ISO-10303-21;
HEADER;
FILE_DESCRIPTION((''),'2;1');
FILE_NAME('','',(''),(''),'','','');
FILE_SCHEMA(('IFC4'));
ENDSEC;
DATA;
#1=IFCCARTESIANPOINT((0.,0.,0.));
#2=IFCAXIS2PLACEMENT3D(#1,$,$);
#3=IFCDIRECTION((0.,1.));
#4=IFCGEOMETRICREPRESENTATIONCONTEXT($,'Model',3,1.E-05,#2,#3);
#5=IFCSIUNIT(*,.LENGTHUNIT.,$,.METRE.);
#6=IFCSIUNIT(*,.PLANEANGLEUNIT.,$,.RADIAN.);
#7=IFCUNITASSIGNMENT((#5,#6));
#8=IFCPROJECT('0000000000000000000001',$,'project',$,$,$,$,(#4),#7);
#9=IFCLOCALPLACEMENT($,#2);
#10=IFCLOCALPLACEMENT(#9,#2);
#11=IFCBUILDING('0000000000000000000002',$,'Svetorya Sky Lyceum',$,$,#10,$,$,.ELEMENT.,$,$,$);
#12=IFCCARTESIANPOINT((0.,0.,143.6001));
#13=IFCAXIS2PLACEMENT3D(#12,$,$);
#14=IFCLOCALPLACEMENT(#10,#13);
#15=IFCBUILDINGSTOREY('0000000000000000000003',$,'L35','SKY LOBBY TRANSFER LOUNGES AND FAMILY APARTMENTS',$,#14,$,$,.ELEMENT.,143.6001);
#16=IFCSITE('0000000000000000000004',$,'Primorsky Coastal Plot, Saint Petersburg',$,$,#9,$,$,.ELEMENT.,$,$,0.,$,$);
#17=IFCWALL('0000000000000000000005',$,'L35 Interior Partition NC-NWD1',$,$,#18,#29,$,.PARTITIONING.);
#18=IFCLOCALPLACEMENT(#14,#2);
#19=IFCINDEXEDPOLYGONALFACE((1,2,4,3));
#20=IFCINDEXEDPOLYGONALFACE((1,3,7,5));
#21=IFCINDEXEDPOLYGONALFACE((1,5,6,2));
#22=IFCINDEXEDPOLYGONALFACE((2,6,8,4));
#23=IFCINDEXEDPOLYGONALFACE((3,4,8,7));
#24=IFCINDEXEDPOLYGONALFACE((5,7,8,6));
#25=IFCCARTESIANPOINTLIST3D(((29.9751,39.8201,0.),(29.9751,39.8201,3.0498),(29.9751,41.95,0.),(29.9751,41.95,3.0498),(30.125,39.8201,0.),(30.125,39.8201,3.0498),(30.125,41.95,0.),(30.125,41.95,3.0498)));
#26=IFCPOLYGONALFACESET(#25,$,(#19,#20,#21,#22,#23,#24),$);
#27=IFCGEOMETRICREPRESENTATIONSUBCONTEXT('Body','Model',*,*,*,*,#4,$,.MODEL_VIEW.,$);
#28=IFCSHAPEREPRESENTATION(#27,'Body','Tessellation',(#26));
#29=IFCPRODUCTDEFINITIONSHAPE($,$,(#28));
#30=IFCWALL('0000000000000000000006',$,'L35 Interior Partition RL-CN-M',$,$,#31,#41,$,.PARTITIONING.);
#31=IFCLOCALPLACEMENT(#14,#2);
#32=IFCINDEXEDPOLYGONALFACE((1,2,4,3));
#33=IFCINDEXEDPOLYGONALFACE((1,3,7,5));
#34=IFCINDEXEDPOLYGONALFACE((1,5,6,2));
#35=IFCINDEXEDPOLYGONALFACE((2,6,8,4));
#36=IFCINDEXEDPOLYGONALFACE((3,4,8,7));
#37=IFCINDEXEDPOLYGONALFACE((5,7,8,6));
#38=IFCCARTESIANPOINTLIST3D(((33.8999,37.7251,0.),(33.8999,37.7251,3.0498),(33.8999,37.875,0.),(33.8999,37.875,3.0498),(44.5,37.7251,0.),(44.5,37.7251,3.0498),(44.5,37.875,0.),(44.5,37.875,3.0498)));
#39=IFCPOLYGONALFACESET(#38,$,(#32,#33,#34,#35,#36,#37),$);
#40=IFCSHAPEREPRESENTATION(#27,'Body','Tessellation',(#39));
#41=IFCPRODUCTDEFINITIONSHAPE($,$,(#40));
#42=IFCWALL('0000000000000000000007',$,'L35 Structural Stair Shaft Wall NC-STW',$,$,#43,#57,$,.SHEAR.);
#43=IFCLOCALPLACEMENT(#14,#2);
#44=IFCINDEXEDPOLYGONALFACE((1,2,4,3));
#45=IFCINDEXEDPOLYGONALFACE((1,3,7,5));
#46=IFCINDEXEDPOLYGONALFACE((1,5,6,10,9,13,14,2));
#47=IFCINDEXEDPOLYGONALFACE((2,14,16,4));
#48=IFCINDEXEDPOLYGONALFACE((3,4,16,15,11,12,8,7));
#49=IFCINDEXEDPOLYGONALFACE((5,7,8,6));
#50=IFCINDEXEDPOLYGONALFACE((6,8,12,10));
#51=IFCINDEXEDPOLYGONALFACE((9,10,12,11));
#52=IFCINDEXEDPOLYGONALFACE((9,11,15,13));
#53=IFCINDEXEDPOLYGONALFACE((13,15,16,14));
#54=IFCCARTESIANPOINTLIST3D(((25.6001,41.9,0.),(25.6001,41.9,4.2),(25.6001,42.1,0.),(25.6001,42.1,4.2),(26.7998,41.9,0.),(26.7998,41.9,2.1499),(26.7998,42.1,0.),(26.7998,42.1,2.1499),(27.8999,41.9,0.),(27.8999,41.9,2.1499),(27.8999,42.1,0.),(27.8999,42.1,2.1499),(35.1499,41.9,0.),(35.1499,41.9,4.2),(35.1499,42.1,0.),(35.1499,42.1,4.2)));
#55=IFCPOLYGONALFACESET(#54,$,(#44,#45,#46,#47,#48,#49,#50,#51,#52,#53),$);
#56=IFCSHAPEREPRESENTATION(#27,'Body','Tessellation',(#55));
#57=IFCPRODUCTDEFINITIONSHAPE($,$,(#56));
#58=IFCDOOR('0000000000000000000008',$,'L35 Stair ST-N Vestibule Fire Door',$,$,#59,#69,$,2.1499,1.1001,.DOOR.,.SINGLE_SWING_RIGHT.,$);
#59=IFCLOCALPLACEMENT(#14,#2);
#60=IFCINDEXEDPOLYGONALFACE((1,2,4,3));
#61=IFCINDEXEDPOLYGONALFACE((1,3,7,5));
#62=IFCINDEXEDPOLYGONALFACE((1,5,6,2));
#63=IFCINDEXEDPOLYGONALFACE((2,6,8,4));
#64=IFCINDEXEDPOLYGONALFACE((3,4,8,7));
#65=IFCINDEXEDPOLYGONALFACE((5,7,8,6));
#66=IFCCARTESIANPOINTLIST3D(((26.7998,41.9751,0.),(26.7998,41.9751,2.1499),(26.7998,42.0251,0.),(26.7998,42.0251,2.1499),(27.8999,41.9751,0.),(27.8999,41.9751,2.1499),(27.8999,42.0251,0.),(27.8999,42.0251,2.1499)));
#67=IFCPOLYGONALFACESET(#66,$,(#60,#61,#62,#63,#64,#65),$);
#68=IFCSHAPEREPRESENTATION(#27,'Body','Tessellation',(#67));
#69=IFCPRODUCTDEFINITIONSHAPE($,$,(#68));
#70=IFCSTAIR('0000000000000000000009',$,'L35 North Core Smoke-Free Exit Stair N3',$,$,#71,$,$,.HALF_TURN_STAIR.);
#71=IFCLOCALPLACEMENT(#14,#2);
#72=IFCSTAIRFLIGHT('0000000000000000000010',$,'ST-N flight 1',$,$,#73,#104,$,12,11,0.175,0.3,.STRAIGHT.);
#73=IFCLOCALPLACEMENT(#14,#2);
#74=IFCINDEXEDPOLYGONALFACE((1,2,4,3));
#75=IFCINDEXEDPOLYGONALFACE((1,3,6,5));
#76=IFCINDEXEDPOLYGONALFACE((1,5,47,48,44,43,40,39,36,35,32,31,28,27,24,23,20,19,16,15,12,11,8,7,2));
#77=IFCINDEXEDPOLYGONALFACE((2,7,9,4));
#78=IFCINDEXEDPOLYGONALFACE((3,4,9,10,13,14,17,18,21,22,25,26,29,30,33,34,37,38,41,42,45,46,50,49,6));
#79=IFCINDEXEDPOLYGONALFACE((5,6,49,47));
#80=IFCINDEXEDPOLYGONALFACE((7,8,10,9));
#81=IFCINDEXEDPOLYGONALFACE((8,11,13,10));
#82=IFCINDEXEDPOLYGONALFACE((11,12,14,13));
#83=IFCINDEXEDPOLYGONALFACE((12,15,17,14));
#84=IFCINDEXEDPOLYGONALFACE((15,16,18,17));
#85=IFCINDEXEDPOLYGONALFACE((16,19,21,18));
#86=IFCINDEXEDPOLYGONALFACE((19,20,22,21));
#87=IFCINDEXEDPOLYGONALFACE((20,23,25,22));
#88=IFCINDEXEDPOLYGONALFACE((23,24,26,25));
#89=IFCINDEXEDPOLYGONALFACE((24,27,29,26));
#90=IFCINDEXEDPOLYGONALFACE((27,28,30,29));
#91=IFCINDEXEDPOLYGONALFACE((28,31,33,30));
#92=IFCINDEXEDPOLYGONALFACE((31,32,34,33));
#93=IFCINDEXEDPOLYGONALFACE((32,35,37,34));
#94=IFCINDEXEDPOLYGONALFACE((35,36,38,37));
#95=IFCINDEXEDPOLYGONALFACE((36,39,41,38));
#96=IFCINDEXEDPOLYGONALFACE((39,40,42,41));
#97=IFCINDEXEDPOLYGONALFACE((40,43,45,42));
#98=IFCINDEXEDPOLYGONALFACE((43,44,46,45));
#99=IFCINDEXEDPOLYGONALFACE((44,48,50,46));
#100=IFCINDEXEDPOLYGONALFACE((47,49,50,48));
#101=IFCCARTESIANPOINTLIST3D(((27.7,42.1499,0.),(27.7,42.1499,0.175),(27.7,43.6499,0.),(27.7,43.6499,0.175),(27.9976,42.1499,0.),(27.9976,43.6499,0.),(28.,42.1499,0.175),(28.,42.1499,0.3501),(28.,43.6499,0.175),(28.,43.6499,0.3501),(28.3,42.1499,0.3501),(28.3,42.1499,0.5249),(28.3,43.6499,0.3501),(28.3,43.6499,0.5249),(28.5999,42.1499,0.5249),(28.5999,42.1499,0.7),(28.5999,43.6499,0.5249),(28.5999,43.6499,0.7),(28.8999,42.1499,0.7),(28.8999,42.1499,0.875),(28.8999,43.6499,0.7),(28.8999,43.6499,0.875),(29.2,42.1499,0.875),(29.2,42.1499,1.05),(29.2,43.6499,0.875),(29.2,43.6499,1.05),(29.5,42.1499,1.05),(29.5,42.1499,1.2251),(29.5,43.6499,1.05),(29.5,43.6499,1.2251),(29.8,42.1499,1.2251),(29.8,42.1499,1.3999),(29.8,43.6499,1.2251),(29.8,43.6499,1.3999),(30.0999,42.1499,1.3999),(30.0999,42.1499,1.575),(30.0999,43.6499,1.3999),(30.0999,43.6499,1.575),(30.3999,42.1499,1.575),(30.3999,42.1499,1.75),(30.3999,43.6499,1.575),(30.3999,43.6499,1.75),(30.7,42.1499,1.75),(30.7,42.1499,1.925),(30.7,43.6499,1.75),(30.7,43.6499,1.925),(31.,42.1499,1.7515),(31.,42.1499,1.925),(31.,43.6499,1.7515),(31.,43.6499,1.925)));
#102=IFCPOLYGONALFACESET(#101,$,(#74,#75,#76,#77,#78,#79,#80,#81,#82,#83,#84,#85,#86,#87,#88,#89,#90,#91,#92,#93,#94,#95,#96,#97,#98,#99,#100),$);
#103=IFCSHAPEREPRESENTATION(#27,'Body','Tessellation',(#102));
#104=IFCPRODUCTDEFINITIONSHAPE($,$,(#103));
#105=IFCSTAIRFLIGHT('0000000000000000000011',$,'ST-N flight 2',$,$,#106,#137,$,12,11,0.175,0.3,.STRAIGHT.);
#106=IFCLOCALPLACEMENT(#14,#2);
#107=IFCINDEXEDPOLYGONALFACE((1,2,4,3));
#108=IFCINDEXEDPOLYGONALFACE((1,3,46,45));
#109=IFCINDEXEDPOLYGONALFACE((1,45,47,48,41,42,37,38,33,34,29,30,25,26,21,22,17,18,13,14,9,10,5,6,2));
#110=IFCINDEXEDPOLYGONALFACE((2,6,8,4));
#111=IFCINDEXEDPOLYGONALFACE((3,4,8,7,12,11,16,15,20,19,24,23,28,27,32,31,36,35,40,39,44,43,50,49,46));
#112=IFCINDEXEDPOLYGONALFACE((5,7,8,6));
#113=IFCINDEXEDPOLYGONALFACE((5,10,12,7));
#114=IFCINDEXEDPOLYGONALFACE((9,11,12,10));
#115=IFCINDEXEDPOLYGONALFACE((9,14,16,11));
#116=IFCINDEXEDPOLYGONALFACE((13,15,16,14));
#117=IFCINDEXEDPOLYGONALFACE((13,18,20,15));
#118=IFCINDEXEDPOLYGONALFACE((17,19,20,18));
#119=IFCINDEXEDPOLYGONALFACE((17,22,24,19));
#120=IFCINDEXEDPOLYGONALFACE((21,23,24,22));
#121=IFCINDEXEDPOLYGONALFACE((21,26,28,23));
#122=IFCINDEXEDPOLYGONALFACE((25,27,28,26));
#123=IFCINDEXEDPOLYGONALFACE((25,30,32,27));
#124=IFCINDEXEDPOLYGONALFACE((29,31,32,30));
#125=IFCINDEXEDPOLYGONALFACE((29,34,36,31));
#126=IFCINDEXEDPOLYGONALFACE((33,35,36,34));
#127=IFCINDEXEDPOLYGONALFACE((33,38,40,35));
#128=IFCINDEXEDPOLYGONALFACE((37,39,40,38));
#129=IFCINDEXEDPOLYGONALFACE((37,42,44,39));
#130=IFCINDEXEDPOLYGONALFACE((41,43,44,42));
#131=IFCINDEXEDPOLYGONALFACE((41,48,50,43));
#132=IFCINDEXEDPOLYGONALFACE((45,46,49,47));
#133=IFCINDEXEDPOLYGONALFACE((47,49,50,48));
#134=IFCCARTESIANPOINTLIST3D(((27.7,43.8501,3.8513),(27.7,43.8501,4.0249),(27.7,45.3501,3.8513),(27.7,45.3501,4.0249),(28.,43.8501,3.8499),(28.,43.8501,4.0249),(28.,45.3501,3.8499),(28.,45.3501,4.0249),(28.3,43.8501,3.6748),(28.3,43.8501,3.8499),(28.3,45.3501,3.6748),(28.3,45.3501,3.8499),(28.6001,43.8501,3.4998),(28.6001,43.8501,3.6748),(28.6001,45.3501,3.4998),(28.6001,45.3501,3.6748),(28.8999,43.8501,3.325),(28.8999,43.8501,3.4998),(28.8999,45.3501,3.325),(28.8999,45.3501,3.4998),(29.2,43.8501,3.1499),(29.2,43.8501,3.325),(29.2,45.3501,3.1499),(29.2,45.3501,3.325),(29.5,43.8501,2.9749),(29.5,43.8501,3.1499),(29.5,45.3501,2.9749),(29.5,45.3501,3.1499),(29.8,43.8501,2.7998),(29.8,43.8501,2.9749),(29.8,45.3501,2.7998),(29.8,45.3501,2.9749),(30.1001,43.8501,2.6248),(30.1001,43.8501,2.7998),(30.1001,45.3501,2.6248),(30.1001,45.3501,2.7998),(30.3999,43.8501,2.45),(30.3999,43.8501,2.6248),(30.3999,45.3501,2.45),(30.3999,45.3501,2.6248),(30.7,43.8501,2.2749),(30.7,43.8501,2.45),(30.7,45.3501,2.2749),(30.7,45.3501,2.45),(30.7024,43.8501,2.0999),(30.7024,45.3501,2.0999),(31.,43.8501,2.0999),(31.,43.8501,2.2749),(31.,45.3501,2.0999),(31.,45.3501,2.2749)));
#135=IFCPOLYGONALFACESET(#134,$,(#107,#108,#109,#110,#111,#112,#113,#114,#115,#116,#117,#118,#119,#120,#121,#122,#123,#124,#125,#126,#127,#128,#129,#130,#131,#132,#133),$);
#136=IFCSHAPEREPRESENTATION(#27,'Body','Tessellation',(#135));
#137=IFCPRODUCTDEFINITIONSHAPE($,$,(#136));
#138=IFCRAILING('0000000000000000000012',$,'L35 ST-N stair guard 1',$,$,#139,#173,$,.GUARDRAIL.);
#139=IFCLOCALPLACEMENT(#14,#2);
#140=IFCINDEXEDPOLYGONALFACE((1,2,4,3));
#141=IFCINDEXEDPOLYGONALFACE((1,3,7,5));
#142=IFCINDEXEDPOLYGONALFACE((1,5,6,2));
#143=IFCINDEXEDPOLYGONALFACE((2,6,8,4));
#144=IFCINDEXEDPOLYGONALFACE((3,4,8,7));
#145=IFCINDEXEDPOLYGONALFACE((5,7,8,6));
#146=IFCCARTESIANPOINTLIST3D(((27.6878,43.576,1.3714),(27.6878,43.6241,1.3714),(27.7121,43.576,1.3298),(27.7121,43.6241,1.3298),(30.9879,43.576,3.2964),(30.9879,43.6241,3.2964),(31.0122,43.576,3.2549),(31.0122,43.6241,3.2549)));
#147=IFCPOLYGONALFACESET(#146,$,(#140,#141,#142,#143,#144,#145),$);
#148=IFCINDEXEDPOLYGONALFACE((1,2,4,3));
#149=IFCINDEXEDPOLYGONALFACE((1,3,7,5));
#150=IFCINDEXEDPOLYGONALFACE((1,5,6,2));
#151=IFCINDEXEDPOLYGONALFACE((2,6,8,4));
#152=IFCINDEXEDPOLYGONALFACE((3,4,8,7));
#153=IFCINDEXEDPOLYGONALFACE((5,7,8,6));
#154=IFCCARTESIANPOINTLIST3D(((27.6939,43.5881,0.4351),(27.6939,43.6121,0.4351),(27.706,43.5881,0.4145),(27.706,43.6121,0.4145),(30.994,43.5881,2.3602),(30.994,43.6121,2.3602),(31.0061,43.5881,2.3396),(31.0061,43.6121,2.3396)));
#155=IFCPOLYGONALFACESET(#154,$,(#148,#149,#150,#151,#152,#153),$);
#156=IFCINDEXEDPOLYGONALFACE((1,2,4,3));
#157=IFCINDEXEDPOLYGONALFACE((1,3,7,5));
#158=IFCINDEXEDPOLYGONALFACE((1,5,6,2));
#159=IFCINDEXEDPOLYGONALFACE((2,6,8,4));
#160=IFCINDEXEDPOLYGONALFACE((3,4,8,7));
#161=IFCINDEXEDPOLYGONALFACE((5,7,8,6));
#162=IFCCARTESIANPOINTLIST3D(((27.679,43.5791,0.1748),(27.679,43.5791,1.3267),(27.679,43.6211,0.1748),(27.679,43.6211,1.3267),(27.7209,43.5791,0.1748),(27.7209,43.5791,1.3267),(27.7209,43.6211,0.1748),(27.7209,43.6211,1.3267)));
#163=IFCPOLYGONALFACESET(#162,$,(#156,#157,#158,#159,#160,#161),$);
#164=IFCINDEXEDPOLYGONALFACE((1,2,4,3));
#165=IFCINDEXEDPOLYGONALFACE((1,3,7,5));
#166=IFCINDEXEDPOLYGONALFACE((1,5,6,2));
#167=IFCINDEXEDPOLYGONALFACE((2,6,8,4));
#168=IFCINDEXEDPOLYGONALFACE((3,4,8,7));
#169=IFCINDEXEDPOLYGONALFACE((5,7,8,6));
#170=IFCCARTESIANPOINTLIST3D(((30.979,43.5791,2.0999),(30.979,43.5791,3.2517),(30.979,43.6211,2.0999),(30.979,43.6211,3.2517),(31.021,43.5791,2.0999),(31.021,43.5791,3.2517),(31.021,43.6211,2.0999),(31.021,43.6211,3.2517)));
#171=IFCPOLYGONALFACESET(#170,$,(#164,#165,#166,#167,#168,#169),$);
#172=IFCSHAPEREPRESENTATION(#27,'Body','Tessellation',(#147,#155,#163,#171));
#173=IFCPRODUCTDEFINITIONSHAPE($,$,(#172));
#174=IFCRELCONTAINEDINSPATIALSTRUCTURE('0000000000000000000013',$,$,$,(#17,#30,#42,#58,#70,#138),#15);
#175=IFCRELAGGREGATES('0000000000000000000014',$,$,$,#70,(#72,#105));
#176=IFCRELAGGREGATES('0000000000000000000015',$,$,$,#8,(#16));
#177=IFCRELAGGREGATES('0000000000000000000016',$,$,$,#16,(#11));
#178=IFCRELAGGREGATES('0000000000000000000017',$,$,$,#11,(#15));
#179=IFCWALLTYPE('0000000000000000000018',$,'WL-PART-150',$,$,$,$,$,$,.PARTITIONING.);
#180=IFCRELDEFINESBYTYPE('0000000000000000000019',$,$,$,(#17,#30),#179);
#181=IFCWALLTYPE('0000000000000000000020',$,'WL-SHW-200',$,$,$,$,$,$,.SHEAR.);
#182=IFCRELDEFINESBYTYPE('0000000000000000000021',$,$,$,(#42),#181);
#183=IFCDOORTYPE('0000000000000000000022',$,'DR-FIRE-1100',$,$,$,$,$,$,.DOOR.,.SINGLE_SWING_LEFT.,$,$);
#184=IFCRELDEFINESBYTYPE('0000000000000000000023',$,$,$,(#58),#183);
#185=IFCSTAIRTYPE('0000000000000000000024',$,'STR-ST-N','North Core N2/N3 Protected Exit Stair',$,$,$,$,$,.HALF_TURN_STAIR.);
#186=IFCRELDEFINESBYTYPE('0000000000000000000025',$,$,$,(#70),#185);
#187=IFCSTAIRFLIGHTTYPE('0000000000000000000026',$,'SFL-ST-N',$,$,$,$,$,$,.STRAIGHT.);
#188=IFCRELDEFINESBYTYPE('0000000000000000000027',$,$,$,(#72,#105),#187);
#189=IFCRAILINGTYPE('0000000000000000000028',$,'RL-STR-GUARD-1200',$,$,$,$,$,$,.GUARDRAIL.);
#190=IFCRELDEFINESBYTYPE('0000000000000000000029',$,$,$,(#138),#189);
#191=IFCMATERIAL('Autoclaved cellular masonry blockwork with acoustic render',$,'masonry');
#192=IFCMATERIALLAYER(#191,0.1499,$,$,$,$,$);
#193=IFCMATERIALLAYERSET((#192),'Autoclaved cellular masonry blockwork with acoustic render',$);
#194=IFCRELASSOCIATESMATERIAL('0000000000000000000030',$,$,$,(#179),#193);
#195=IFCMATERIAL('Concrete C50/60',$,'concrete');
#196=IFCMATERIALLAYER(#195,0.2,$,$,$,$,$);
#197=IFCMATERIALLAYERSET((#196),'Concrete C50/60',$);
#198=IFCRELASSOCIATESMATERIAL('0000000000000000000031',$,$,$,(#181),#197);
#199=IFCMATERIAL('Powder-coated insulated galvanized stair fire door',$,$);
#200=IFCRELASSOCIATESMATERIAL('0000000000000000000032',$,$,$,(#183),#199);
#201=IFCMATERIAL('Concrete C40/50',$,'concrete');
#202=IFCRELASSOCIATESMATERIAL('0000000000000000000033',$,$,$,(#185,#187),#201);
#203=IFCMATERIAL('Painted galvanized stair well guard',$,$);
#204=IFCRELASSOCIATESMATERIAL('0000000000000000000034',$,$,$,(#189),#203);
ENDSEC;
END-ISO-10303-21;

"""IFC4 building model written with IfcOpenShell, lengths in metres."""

from ifc_helpers import new_model, si_unit, direction, frame, frame_2d, origin, origin_2d, place, context, subcontext, project, spatial, polyline, rectangle, outline, extrude, material, layer, layer_set, type_object, element, fill, aggregate, save


model = new_model("IFC4")

# Units and contexts
model_context = context("Model", 3, precision=1e-05, world=origin(), true_north=direction((0.0, 1.0)))
body_context = subcontext(model_context, "Body", "Model", "MODEL_VIEW")
ifc_project = project(units=[si_unit("LENGTHUNIT", "METRE"), si_unit("PLANEANGLEUNIT", "RADIAN")], contexts=[model_context])

# Site, building, storey
site_placement = place(None, origin())
site = spatial("IfcSite", under=ifc_project, at=site_placement, Name="Primorsky Coastal Plot, Saint Petersburg", CompositionType="ELEMENT", RefElevation=0.0)
building_placement = place(site_placement, origin())
building = spatial("IfcBuilding", under=site, at=building_placement, Name="Svetorya Sky Lyceum", CompositionType="ELEMENT")
storey_placement = place(building_placement, frame((0.0, 0.0, 143.6001)))
storey = spatial("IfcBuildingStorey", under=building, at=storey_placement, Name="L35", Description="SKY LOBBY TRANSFER LOUNGES AND FAMILY APARTMENTS", CompositionType="ELEMENT", Elevation=143.6001)

# Shared definitions
ifc_material_1 = material(Name="Concrete C50/60", Category="concrete")

# Shared definitions
ifc_material_2 = material(Name="Concrete C40/50", Category="concrete")

# Shared definitions
ifc_material_3 = material(Name="Autoclaved cellular masonry blockwork with acoustic render", Category="masonry")
ifc_layer_1 = layer(ifc_material_3, 0.1499)
ifc_layer_set_1 = layer_set([ifc_layer_1], Name="Autoclaved cellular masonry blockwork with acoustic render")
wall_type_1 = type_object("IfcWallType", Name="WL-PART-150", PredefinedType="PARTITIONING", material=ifc_layer_set_1)

# Walls
wall_1_placement = place(storey_placement, frame((30.05, 39.8201, 0.0), z_axis=(0.0, 0.0, 1.0), x_axis=(0.0, 1.0, 0.0)))
element("IfcWall", 1, at=wall_1_placement, inside=storey, type_object=wall_type_1, Name="L35 Interior Partition NC-NWD1", PredefinedType="PARTITIONING", context=body_context, shape_type="SweptSolid", body=[
    extrude(rectangle(XDim=2.1299, YDim=0.1499, at=frame_2d((1.0649, 0.0))), origin(), (0.0, 0.0, 1.0), 3.0498),
])
wall_2_placement = place(storey_placement, frame((33.8999, 37.8, 0.0), z_axis=(0.0, 0.0, 1.0), x_axis=(1.0, 0.0, 0.0)))
element("IfcWall", 2, at=wall_2_placement, inside=storey, type_object=wall_type_1, Name="L35 Interior Partition RL-CN-M", PredefinedType="PARTITIONING", context=body_context, shape_type="SweptSolid", body=[
    extrude(rectangle(XDim=10.6001, YDim=0.1499, at=frame_2d((5.3, 0.0))), origin(), (0.0, 0.0, 1.0), 3.0498),
])

# Wall, opening, door
ifc_layer_2 = layer(ifc_material_1, 0.2)
ifc_layer_set_2 = layer_set([ifc_layer_2], Name="Concrete C50/60")
wall_type_2 = type_object("IfcWallType", Name="WL-SHW-200", PredefinedType="SHEAR", material=ifc_layer_set_2)
wall_3_placement = place(storey_placement, frame((35.1499, 42.0, 0.0), z_axis=(0.0, 0.0, 1.0), x_axis=(-1.0, 0.0, 0.0)))
wall_3 = element("IfcWall", 3, at=wall_3_placement, inside=storey, type_object=wall_type_2, Name="L35 Structural Stair Shaft Wall NC-STW", PredefinedType="SHEAR", context=body_context, shape_type="SweptSolid", body=[
    extrude(rectangle(XDim=9.5498, YDim=0.2, at=frame_2d((4.7749, 0.0))), origin(), (0.0, 0.0, 1.0), 4.2),
])
opening_1_placement = place(wall_3_placement, frame((7.25, 0.0, 0.0)))
opening_1 = element("IfcOpeningElement", 4, at=opening_1_placement, cuts=wall_3, PredefinedType="OPENING", context=body_context, shape_type="SweptSolid", body=[
    extrude(rectangle(XDim=1.1001, YDim=2.1499, at=frame_2d((0.55, 1.075))), frame((0.0, 0.1099, 0.0), z_axis=(0.0, -1.0, 0.0), x_axis=(1.0, 0.0, 0.0)), (0.0, 0.0, 1.0), 0.22),
])
ifc_material_4 = material(Name="Powder-coated insulated galvanized stair fire door")
door_type_1 = type_object("IfcDoorType", Name="DR-FIRE-1100", OperationType="SINGLE_SWING_LEFT", PredefinedType="DOOR", material=ifc_material_4)
door_1_placement = place(opening_1_placement, origin())
door_1 = element("IfcDoor", 5, at=door_1_placement, inside=storey, type_object=door_type_1, Name="L35 Stair ST-N Vestibule Fire Door", OperationType="SINGLE_SWING_RIGHT", OverallHeight=2.1499, OverallWidth=1.1001, PredefinedType="DOOR", context=body_context, shape_type="SweptSolid", body=[
    extrude(rectangle(XDim=1.1001, YDim=2.1499, at=frame_2d((0.55, 1.075))), frame((0.0, 0.0249, 0.0), z_axis=(0.0, -1.0, 0.0), x_axis=(1.0, 0.0, 0.0)), (0.0, 0.0, 1.0), 0.05),
])
fill(opening_1, door_1)

# Stair, stair flights
stair_type = type_object("IfcStairType", Name="STR-ST-N", Description="North Core N2/N3 Protected Exit Stair", PredefinedType="HALF_TURN_STAIR", material=ifc_material_2)
stair_placement = place(storey_placement, origin())
stair = element("IfcStair", 6, at=stair_placement, inside=storey, type_object=stair_type, Name="L35 North Core Smoke-Free Exit Stair N3", PredefinedType="HALF_TURN_STAIR")
stair_flight_type = type_object("IfcStairFlightType", Name="SFL-ST-N", PredefinedType="STRAIGHT", material=ifc_material_2)
stair_flight_1_placement = place(storey_placement, frame((27.7, 42.8999, 0.0), z_axis=(0.0, 0.0, 1.0), x_axis=(1.0, 0.0, 0.0)))
stair_flight_1 = element("IfcStairFlight", 7, at=stair_flight_1_placement, type_object=stair_flight_type, Name="ST-N flight 1", NumberOfRisers=12, NumberOfTreads=11, PredefinedType="STRAIGHT", RiserHeight=0.175, TreadLength=0.3, context=body_context, shape_type="SweptSolid", body=[
    extrude(outline(polyline([(0.0, 0.0), (0.0, 0.175), (0.3, 0.175), (0.3, 0.3501), (0.6001, 0.3501), (0.6001, 0.5249), (0.8999, 0.5249), (0.8999, 0.7), (1.2, 0.7), (1.2, 0.875), (1.5, 0.875), (1.5, 1.05), (1.8, 1.05), (1.8, 1.2251), (2.1001, 1.2251), (2.1001, 1.3999), (2.3999, 1.3999), (2.3999, 1.575), (2.7, 1.575), (2.7, 1.75), (3.0, 1.75), (3.0, 1.925), (3.3, 1.925), (3.3, 2.1001), (3.3, 1.7515), (0.2976, 0.0), (0.0, 0.0)])), frame((0.0, 0.75, 0.0), z_axis=(0.0, -1.0, 0.0), x_axis=(1.0, 0.0, 0.0)), (0.0, 0.0, 1.0), 1.5),
])
stair_flight_2_placement = place(storey_placement, frame((31.0, 44.6001, 2.0999), z_axis=(0.0, 0.0, 1.0), x_axis=(-1.0, 0.0, 0.0)))
stair_flight_2 = element("IfcStairFlight", 8, at=stair_flight_2_placement, type_object=stair_flight_type, Name="ST-N flight 2", NumberOfRisers=12, NumberOfTreads=11, PredefinedType="STRAIGHT", RiserHeight=0.175, TreadLength=0.3, context=body_context, shape_type="SweptSolid", body=[
    extrude(outline(polyline([(0.0, 0.0), (0.0, 0.175), (0.3, 0.175), (0.3, 0.3501), (0.6001, 0.3501), (0.6001, 0.5249), (0.8999, 0.5249), (0.8999, 0.7), (1.2, 0.7), (1.2, 0.875), (1.5, 0.875), (1.5, 1.05), (1.8, 1.05), (1.8, 1.2251), (2.1001, 1.2251), (2.1001, 1.3999), (2.3999, 1.3999), (2.3999, 1.575), (2.7, 1.575), (2.7, 1.75), (3.0, 1.75), (3.0, 1.925), (3.3, 1.925), (3.3, 2.1001), (3.3, 1.7515), (0.2976, 0.0), (0.0, 0.0)])), frame((0.0, 0.75, 0.0), z_axis=(0.0, -1.0, 0.0), x_axis=(1.0, 0.0, 0.0)), (0.0, 0.0, 1.0), 1.5),
])
aggregate(stair, [stair_flight_1, stair_flight_2])

# Railing
ifc_material_5 = material(Name="Painted galvanized stair well guard")
railing_type_1 = type_object("IfcRailingType", Name="RL-STR-GUARD-1200", PredefinedType="GUARDRAIL", material=ifc_material_5)
railing_1_placement = place(storey_placement, frame((27.7, 43.6001, 0.1748)))
element("IfcRailing", 9, at=railing_1_placement, inside=storey, type_object=railing_type_1, Name="L35 ST-N stair guard 1", PredefinedType="GUARDRAIL", context=body_context, shape_type="SweptSolid", body=[
    extrude(rectangle(XDim=0.0481, YDim=0.0481, at=origin_2d()), frame((0.0, 0.0, 1.1758), z_axis=(0.863777, 0.0, 0.503875), x_axis=(0.0, 1.0, 0.0)), (0.0, 0.0, 1.0), 3.8206),
    extrude(rectangle(XDim=0.0239, YDim=0.0239, at=origin_2d()), frame((0.0, 0.0, 0.25), z_axis=(0.863777, 0.0, 0.503875), x_axis=(0.0, 1.0, 0.0)), (0.0, 0.0, 1.0), 3.8206),
    extrude(rectangle(XDim=0.042, YDim=0.042, at=origin_2d()), origin(), (0.0, 0.0, 1.0), 1.1519),
    extrude(rectangle(XDim=0.042, YDim=0.042, at=origin_2d()), frame((3.3, 0.0, 1.925)), (0.0, 0.0, 1.0), 1.1519),
])

save(model, "model.ifc")
